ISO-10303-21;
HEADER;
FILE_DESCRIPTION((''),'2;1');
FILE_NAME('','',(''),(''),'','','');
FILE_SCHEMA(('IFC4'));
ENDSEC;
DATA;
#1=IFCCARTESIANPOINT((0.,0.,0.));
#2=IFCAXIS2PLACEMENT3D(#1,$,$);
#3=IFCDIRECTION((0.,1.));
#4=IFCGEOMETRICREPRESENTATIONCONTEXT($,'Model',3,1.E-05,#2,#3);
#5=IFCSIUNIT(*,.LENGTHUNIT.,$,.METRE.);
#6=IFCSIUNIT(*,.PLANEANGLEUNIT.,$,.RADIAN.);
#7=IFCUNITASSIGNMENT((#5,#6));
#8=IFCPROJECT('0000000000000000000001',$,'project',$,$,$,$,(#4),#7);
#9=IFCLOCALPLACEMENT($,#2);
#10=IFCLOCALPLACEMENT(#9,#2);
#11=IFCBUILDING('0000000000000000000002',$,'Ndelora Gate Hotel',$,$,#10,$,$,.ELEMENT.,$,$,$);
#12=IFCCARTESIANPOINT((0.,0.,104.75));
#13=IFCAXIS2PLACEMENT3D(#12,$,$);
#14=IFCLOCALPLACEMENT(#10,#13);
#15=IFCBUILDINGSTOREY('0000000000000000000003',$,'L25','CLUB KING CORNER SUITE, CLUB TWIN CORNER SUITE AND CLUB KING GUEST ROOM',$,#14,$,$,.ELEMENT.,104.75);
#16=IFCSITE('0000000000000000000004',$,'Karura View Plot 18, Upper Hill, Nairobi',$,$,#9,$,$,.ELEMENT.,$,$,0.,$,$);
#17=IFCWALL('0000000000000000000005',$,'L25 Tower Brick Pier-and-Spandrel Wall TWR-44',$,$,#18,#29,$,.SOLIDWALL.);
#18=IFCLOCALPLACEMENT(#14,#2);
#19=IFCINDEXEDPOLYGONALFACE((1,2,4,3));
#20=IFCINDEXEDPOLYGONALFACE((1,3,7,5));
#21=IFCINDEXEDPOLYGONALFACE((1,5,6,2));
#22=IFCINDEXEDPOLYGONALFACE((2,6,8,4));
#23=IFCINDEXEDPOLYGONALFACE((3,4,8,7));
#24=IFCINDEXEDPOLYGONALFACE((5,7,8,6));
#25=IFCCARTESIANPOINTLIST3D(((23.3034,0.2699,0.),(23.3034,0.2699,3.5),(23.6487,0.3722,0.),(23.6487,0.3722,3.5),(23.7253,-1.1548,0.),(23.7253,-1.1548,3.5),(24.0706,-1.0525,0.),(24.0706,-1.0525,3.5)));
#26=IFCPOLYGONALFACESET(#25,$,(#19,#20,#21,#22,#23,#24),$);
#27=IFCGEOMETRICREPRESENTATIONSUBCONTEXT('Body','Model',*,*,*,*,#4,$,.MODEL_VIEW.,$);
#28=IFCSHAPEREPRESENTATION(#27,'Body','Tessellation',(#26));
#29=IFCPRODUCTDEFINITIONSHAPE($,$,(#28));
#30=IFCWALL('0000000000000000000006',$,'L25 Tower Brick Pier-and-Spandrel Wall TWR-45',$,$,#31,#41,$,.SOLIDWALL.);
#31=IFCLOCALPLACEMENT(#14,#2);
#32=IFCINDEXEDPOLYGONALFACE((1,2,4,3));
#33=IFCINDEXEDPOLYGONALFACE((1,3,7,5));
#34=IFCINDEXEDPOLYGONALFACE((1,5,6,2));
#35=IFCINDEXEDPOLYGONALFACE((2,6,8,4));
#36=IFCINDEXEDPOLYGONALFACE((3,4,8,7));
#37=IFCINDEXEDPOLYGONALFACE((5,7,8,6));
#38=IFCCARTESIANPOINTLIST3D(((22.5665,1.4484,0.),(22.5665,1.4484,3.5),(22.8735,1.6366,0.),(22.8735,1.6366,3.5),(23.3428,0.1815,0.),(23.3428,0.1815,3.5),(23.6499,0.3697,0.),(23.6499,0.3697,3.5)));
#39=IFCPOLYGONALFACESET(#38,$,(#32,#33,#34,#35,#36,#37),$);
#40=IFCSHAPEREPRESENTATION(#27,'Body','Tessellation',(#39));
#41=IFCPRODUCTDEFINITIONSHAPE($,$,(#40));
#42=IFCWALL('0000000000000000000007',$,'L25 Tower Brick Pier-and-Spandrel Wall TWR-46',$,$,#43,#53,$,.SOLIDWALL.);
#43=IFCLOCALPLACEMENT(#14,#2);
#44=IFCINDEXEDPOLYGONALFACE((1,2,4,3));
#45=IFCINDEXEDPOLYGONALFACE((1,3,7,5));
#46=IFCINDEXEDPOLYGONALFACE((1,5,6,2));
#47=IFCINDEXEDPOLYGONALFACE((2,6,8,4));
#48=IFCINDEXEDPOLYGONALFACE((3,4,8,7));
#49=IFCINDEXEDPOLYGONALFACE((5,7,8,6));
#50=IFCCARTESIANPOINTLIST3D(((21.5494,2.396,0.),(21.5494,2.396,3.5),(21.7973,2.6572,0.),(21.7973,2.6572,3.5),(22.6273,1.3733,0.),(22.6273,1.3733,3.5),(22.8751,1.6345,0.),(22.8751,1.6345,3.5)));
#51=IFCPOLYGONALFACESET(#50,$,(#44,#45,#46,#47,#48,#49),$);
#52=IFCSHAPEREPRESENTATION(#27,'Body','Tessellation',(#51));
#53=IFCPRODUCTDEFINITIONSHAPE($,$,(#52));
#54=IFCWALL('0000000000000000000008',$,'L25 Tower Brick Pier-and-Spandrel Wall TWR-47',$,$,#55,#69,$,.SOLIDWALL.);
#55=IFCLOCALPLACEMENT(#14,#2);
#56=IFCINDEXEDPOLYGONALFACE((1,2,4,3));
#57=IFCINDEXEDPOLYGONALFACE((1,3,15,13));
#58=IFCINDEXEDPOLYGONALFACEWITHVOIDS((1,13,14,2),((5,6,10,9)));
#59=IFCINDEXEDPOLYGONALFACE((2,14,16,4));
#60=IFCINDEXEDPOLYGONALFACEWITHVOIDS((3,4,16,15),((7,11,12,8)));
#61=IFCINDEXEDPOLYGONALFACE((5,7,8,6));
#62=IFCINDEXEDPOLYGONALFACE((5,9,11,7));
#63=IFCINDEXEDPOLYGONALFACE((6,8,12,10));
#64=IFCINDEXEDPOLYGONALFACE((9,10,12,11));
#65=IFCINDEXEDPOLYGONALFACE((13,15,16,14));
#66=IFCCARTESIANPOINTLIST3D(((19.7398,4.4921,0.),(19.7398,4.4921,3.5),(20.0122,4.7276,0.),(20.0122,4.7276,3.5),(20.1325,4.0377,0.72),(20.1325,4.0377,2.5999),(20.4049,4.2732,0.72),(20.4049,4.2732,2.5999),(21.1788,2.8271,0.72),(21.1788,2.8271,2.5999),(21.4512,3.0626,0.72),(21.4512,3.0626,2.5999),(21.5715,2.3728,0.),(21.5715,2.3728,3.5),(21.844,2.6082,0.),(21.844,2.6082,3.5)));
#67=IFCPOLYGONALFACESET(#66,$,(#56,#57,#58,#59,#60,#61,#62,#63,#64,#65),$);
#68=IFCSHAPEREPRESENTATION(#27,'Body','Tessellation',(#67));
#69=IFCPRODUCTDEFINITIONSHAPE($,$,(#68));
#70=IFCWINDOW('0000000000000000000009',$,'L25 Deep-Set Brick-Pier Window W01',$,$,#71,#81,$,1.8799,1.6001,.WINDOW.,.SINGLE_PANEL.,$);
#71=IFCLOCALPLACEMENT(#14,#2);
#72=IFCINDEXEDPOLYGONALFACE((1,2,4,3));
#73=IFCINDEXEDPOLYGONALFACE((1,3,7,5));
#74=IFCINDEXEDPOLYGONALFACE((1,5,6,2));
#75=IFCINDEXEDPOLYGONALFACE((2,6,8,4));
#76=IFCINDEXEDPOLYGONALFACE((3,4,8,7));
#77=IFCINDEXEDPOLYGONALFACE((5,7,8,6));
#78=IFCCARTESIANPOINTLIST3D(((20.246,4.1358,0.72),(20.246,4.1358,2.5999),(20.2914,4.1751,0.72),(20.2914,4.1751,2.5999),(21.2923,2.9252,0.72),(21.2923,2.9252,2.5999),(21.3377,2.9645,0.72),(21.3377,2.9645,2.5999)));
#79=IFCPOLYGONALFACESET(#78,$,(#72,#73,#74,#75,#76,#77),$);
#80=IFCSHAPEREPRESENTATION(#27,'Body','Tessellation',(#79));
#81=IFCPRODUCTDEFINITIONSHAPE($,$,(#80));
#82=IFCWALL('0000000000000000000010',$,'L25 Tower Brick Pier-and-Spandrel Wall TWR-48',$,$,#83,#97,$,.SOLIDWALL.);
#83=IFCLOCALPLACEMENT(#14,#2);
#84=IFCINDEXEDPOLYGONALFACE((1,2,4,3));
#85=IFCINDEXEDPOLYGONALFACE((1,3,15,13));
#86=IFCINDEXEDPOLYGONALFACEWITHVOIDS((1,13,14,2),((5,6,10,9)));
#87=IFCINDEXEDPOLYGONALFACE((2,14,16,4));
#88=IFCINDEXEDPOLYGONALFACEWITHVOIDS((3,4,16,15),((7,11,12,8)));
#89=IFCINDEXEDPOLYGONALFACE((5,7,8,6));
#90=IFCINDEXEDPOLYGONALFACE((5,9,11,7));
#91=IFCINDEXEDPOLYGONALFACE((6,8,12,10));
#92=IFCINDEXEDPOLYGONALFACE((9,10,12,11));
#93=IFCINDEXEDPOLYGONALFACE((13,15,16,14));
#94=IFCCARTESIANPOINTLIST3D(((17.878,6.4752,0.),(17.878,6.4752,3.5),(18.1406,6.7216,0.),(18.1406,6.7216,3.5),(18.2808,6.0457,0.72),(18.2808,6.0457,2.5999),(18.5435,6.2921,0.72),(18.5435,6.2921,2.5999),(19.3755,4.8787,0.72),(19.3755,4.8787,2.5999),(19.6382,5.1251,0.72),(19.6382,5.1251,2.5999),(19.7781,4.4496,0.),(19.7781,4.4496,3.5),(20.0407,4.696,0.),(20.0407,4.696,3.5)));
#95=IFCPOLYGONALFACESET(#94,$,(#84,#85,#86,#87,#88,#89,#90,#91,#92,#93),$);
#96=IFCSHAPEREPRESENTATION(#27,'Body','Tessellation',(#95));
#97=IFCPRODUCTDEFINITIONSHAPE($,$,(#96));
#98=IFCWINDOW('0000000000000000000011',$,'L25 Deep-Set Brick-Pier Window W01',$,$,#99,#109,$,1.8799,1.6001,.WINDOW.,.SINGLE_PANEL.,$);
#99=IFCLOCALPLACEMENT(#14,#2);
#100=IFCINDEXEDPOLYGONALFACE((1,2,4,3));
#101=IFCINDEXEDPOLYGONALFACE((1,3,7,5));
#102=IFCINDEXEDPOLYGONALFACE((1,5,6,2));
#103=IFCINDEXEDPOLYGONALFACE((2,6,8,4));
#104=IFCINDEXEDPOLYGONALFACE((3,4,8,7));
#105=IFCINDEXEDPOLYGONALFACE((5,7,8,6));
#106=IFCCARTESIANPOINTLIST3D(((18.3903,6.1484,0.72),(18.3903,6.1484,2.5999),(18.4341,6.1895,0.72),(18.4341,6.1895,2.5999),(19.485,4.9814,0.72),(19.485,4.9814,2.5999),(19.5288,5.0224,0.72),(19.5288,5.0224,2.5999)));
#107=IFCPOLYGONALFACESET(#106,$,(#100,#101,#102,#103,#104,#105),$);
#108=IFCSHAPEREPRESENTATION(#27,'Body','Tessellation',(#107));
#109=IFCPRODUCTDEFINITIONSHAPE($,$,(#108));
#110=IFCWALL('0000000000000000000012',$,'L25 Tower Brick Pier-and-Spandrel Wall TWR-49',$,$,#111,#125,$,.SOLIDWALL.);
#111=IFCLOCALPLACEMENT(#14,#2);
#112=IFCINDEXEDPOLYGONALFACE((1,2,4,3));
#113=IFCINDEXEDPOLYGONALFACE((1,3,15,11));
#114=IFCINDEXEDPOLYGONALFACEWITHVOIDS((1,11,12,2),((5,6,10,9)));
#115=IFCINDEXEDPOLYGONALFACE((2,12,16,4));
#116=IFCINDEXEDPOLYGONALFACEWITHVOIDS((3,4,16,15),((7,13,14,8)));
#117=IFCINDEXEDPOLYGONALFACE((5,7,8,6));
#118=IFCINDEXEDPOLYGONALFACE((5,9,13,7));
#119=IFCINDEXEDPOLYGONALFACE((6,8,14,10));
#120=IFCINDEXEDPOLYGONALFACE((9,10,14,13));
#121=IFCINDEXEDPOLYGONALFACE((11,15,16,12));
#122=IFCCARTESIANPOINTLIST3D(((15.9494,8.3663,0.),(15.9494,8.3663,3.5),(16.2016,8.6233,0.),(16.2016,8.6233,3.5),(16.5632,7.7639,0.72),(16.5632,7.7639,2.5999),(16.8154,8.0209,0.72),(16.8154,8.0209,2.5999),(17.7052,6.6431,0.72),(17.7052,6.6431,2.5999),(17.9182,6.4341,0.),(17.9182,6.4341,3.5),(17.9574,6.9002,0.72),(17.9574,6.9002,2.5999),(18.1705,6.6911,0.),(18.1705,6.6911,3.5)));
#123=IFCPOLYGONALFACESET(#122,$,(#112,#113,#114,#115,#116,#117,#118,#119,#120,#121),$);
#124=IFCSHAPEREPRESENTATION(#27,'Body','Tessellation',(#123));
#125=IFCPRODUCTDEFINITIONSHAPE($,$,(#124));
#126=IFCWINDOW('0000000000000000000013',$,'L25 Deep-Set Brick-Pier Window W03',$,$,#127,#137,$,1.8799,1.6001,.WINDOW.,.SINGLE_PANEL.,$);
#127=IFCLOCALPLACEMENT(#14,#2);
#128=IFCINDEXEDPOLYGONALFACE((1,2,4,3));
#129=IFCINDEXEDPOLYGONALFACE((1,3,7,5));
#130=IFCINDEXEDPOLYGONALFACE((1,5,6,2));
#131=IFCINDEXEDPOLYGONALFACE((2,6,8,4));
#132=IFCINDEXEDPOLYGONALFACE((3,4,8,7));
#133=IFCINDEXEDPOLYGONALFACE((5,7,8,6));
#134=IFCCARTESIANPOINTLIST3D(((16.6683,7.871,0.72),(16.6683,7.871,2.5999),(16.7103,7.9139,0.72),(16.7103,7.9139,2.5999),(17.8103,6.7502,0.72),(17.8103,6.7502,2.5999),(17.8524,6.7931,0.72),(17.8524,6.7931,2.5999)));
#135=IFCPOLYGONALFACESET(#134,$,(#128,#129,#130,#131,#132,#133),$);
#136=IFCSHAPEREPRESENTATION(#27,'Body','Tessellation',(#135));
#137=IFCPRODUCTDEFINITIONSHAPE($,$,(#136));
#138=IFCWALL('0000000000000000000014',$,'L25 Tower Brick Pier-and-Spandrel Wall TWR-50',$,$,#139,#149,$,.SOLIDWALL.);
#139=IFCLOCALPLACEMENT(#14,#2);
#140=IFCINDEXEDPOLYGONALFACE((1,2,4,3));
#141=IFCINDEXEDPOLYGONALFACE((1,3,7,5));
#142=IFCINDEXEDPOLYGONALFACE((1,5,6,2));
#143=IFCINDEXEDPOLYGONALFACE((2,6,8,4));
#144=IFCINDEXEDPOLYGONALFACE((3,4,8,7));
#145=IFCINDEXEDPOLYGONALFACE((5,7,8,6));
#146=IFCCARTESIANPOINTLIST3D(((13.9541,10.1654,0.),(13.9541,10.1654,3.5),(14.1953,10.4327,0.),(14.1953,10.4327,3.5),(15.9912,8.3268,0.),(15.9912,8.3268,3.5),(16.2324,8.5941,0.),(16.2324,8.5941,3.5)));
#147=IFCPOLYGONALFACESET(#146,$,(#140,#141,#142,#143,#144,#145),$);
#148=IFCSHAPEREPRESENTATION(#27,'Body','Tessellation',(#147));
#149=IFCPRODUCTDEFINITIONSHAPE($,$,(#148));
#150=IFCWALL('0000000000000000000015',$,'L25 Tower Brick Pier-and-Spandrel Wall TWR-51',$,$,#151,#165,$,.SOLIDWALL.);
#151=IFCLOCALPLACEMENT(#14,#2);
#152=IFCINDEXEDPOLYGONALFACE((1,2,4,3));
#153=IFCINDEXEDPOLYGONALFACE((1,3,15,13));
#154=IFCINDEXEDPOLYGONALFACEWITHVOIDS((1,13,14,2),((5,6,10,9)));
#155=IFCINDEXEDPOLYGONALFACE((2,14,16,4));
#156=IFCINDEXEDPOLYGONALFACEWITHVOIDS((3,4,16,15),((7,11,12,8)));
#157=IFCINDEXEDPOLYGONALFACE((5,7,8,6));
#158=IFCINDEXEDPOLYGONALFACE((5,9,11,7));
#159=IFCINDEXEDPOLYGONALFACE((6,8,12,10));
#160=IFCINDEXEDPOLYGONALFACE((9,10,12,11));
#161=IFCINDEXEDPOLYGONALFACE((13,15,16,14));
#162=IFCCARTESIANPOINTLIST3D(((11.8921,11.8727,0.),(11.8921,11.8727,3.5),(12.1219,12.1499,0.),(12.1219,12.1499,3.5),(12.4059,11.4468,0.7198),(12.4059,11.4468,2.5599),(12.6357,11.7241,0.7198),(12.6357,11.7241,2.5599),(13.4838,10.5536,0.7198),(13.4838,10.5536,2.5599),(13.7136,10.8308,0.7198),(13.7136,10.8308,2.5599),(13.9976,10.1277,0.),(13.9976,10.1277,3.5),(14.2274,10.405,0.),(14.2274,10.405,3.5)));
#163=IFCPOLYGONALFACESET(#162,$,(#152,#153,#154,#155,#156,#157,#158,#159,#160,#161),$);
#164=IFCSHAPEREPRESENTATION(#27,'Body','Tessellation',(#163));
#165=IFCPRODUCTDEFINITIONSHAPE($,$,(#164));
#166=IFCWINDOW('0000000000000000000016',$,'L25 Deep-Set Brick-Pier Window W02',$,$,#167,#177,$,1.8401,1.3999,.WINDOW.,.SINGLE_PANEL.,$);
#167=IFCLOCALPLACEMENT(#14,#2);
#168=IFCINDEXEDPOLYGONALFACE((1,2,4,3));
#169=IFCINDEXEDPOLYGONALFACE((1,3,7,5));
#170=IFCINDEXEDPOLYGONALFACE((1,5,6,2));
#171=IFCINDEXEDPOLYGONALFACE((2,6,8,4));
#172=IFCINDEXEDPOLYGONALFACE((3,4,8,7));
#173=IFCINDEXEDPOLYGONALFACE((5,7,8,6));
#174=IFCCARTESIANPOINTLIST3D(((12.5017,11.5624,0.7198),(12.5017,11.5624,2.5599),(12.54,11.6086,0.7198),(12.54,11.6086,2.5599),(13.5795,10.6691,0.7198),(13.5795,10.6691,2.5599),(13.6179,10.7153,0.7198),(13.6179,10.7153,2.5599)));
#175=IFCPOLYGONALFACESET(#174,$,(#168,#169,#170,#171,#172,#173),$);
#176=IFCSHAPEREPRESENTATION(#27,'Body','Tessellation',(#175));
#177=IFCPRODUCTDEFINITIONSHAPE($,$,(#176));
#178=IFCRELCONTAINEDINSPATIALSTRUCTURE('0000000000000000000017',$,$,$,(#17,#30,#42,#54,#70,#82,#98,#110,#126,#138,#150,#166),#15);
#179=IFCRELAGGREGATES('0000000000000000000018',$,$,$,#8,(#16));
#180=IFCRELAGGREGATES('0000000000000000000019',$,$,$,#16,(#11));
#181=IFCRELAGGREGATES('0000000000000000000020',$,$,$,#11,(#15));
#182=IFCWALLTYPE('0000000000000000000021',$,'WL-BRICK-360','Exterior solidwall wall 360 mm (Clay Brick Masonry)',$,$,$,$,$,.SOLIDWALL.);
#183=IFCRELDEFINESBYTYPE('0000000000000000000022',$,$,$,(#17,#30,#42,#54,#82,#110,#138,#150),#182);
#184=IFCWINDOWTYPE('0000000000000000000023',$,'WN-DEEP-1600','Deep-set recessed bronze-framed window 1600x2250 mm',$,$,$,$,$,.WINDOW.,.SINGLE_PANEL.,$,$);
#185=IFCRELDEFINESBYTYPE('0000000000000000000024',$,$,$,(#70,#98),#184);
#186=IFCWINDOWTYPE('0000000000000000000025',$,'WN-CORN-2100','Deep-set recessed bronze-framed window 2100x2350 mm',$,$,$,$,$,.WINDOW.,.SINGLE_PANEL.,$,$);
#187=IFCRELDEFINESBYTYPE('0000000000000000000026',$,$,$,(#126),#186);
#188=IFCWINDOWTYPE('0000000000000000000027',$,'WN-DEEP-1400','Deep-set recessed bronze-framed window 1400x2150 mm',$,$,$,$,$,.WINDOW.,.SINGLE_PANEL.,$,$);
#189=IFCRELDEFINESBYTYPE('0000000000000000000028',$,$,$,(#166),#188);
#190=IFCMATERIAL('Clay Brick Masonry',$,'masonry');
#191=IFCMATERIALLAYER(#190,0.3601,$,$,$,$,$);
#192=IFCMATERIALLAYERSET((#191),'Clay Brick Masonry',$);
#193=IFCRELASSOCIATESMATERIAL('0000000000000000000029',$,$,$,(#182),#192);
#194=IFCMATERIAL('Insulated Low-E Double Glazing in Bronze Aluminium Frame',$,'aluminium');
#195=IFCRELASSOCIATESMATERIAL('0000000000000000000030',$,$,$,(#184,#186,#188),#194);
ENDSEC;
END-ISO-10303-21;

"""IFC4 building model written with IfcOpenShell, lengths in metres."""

from ifc_helpers import new_model, si_unit, direction, frame, frame_2d, origin, place, context, subcontext, project, spatial, rectangle, extrude, material, layer, layer_set, type_object, element, fill, save


model = new_model("IFC4")

# Units and contexts
model_context = context("Model", 3, precision=1e-05, world=origin(), true_north=direction((0.0, 1.0)))
body_context = subcontext(model_context, "Body", "Model", "MODEL_VIEW")
ifc_project = project(units=[si_unit("LENGTHUNIT", "METRE"), si_unit("PLANEANGLEUNIT", "RADIAN")], contexts=[model_context])

# Site, building, storey
site_placement = place(None, origin())
site = spatial("IfcSite", under=ifc_project, at=site_placement, Name="Karura View Plot 18, Upper Hill, Nairobi", CompositionType="ELEMENT", RefElevation=0.0)
building_placement = place(site_placement, origin())
building = spatial("IfcBuilding", under=site, at=building_placement, Name="Ndelora Gate Hotel", CompositionType="ELEMENT")
storey_placement = place(building_placement, frame((0.0, 0.0, 104.75)))
storey = spatial("IfcBuildingStorey", under=building, at=storey_placement, Name="L25", Description="CLUB KING CORNER SUITE, CLUB TWIN CORNER SUITE AND CLUB KING GUEST ROOM", CompositionType="ELEMENT", Elevation=104.75)

# Walls
ifc_material_1 = material(Name="Clay Brick Masonry", Category="masonry")
ifc_layer_1 = layer(ifc_material_1, 0.3601)
ifc_layer_set_1 = layer_set([ifc_layer_1], Name="Clay Brick Masonry")
wall_type_1 = type_object("IfcWallType", Name="WL-BRICK-360", Description="Exterior solidwall wall 360 mm (Clay Brick Masonry)", PredefinedType="SOLIDWALL", material=ifc_layer_set_1)
for number, where, z_axis, x_axis, name in (
    (1, (23.4761, 0.321, 0.0), (0.0, 0.0, 1.0), (0.283909, -0.958851, 0.0), "L25 Tower Brick Pier-and-Spandrel Wall TWR-44"),
    (2, (22.72, 1.5425, 0.0), (0.0, 0.0, 1.0), (0.52252, -0.852627, 0.0), "L25 Tower Brick Pier-and-Spandrel Wall TWR-45"),
    (3, (21.6733, 2.5266, 0.0), (0.0, 0.0, 1.0), (0.72543, -0.688296, 0.0), "L25 Tower Brick Pier-and-Spandrel Wall TWR-46"),
):
    element("IfcWall", number, at=place(storey_placement, frame(where, z_axis=z_axis, x_axis=x_axis)), inside=storey, type_object=wall_type_1, Name=name, PredefinedType="SOLIDWALL", context=body_context, shape_type="SweptSolid", body=[
        extrude(rectangle(XDim=1.4858, YDim=0.3601, at=frame_2d((0.7429, 0.0))), origin(), (0.0, 0.0, 1.0), 3.5),
    ])

# Walls, openings, windows
wall_1_placement = place(storey_placement, frame((19.876, 4.6099, 0.0), z_axis=(0.0, 0.0, 1.0), x_axis=(0.653908, -0.756574, 0.0)))
wall_1 = element("IfcWall", 4, at=wall_1_placement, inside=storey, type_object=wall_type_1, Name="L25 Tower Brick Pier-and-Spandrel Wall TWR-47", PredefinedType="SOLIDWALL", context=body_context, shape_type="SweptSolid", body=[
    extrude(rectangle(XDim=2.8013, YDim=0.3601, at=frame_2d((1.4006, 0.0))), origin(), (0.0, 0.0, 1.0), 3.5),
])
opening_1_placement = place(wall_1_placement, frame((0.6006, 0.0, 0.72)))
opening_1 = element("IfcOpeningElement", 5, at=opening_1_placement, cuts=wall_1, PredefinedType="OPENING", context=body_context, shape_type="SweptSolid", body=[
    extrude(rectangle(XDim=1.6001, YDim=1.8799, at=frame_2d((0.8, 0.9399))), frame((0.0, 0.1899, 0.0), z_axis=(0.0, -1.0, 0.0), x_axis=(1.0, 0.0, 0.0)), (0.0, 0.0, 1.0), 0.3801),
])
ifc_material_2 = material(Name="Insulated Low-E Double Glazing in Bronze Aluminium Frame", Category="aluminium")
window_type_1 = type_object("IfcWindowType", Name="WN-DEEP-1600", Description="Deep-set recessed bronze-framed window 1600x2250 mm", PartitioningType="SINGLE_PANEL", PredefinedType="WINDOW", material=ifc_material_2)
window_1_placement = place(opening_1_placement, origin())
window_1 = element("IfcWindow", 6, at=window_1_placement, inside=storey, type_object=window_type_1, Name="L25 Deep-Set Brick-Pier Window W01", OverallHeight=1.8799, OverallWidth=1.6001, PartitioningType="SINGLE_PANEL", PredefinedType="WINDOW", context=body_context, shape_type="SweptSolid", body=[
    extrude(rectangle(XDim=1.6001, YDim=1.8799, at=frame_2d((0.8, 0.9399))), frame((0.0, 0.03, 0.0), z_axis=(0.0, -1.0, 0.0), x_axis=(1.0, 0.0, 0.0)), (0.0, 0.0, 1.0), 0.0601),
])
fill(opening_1, window_1)
wall_2_placement = place(storey_placement, frame((18.0093, 6.5984, 0.0), z_axis=(0.0, 0.0, 1.0), x_axis=(0.684155, -0.729337, 0.0)))
wall_2 = element("IfcWall", 7, at=wall_2_placement, inside=storey, type_object=wall_type_1, Name="L25 Tower Brick Pier-and-Spandrel Wall TWR-48", PredefinedType="SOLIDWALL", context=body_context, shape_type="SweptSolid", body=[
    extrude(rectangle(XDim=2.7773, YDim=0.3601, at=frame_2d((1.3887, 0.0))), origin(), (0.0, 0.0, 1.0), 3.5),
])
opening_2_placement = place(wall_2_placement, frame((0.5889, 0.0, 0.72)))
opening_2 = element("IfcOpeningElement", 8, at=opening_2_placement, cuts=wall_2, PredefinedType="OPENING", context=body_context, shape_type="SweptSolid", body=[
    extrude(rectangle(XDim=1.6001, YDim=1.8799, at=frame_2d((0.8, 0.9399))), frame((0.0, 0.1899, 0.0), z_axis=(0.0, -1.0, 0.0), x_axis=(1.0, 0.0, 0.0)), (0.0, 0.0, 1.0), 0.3801),
])
window_2_placement = place(opening_2_placement, origin())
window_2 = element("IfcWindow", 9, at=window_2_placement, inside=storey, type_object=window_type_1, Name="L25 Deep-Set Brick-Pier Window W01", OverallHeight=1.8799, OverallWidth=1.6001, PartitioningType="SINGLE_PANEL", PredefinedType="WINDOW", context=body_context, shape_type="SweptSolid", body=[
    extrude(rectangle(XDim=1.6001, YDim=1.8799, at=frame_2d((0.8, 0.9399))), frame((0.0, 0.03, 0.0), z_axis=(0.0, -1.0, 0.0), x_axis=(1.0, 0.0, 0.0)), (0.0, 0.0, 1.0), 0.0601),
])
fill(opening_2, window_2)
wall_3_placement = place(storey_placement, frame((16.0754, 8.4949, 0.0), z_axis=(0.0, 0.0, 1.0), x_axis=(0.713714, -0.700438, 0.0)))
wall_3 = element("IfcWall", 10, at=wall_3_placement, inside=storey, type_object=wall_type_1, Name="L25 Tower Brick Pier-and-Spandrel Wall TWR-49", PredefinedType="SOLIDWALL", context=body_context, shape_type="SweptSolid", body=[
    extrude(rectangle(XDim=2.7585, YDim=0.3601, at=frame_2d((1.3794, 0.0))), origin(), (0.0, 0.0, 1.0), 3.5),
])
opening_3_placement = place(wall_3_placement, frame((0.8601, 0.0, 0.72)))
opening_3 = element("IfcOpeningElement", 11, at=opening_3_placement, cuts=wall_3, PredefinedType="OPENING", context=body_context, shape_type="SweptSolid", body=[
    extrude(rectangle(XDim=1.6001, YDim=1.8799, at=frame_2d((0.8, 0.9399))), frame((0.0, 0.1899, 0.0), z_axis=(0.0, -1.0, 0.0), x_axis=(1.0, 0.0, 0.0)), (0.0, 0.0, 1.0), 0.3801),
])
window_type_2 = type_object("IfcWindowType", Name="WN-CORN-2100", Description="Deep-set recessed bronze-framed window 2100x2350 mm", PartitioningType="SINGLE_PANEL", PredefinedType="WINDOW", material=ifc_material_2)
window_3_placement = place(opening_3_placement, origin())
window_3 = element("IfcWindow", 12, at=window_3_placement, inside=storey, type_object=window_type_2, Name="L25 Deep-Set Brick-Pier Window W03", OverallHeight=1.8799, OverallWidth=1.6001, PartitioningType="SINGLE_PANEL", PredefinedType="WINDOW", context=body_context, shape_type="SweptSolid", body=[
    extrude(rectangle(XDim=1.6001, YDim=1.8799, at=frame_2d((0.8, 0.9399))), frame((0.0, 0.03, 0.0), z_axis=(0.0, -1.0, 0.0), x_axis=(1.0, 0.0, 0.0)), (0.0, 0.0, 1.0), 0.0601),
])
fill(opening_3, window_3)

# Wall
wall_4_placement = place(storey_placement, frame((14.0747, 10.2991, 0.0), z_axis=(0.0, 0.0, 1.0), x_axis=(0.742347, -0.670016, 0.0)))
element("IfcWall", 13, at=wall_4_placement, inside=storey, type_object=wall_type_1, Name="L25 Tower Brick Pier-and-Spandrel Wall TWR-50", PredefinedType="SOLIDWALL", context=body_context, shape_type="SweptSolid", body=[
    extrude(rectangle(XDim=2.7441, YDim=0.3601, at=frame_2d((1.3721, 0.0))), origin(), (0.0, 0.0, 1.0), 3.5),
])

# Wall, opening, window
wall_5_placement = place(storey_placement, frame((12.0071, 12.0112, 0.0), z_axis=(0.0, 0.0, 1.0), x_axis=(0.76996, -0.638092, 0.0)))
wall_5 = element("IfcWall", 14, at=wall_5_placement, inside=storey, type_object=wall_type_1, Name="L25 Tower Brick Pier-and-Spandrel Wall TWR-51", PredefinedType="SOLIDWALL", context=body_context, shape_type="SweptSolid", body=[
    extrude(rectangle(XDim=2.7346, YDim=0.3601, at=frame_2d((1.3672, 0.0))), origin(), (0.0, 0.0, 1.0), 3.5),
])
opening_4_placement = place(wall_5_placement, frame((0.6672, 0.0, 0.72)))
opening_4 = element("IfcOpeningElement", 15, at=opening_4_placement, cuts=wall_5, PredefinedType="OPENING", context=body_context, shape_type="SweptSolid", body=[
    extrude(rectangle(XDim=1.3999, YDim=1.8401, at=frame_2d((0.7, 0.9199))), frame((0.0, 0.1899, 0.0), z_axis=(0.0, -1.0, 0.0), x_axis=(1.0, 0.0, 0.0)), (0.0, 0.0, 1.0), 0.3801),
])
window_type_3 = type_object("IfcWindowType", Name="WN-DEEP-1400", Description="Deep-set recessed bronze-framed window 1400x2150 mm", PartitioningType="SINGLE_PANEL", PredefinedType="WINDOW", material=ifc_material_2)
window_4_placement = place(opening_4_placement, origin())
window_4 = element("IfcWindow", 16, at=window_4_placement, inside=storey, type_object=window_type_3, Name="L25 Deep-Set Brick-Pier Window W02", OverallHeight=1.8401, OverallWidth=1.3999, PartitioningType="SINGLE_PANEL", PredefinedType="WINDOW", context=body_context, shape_type="SweptSolid", body=[
    extrude(rectangle(XDim=1.3999, YDim=1.8401, at=frame_2d((0.7, 0.9199))), frame((0.0, 0.03, 0.0), z_axis=(0.0, -1.0, 0.0), x_axis=(1.0, 0.0, 0.0)), (0.0, 0.0, 1.0), 0.0601),
])
fill(opening_4, window_4)

save(model, "model.ifc")
